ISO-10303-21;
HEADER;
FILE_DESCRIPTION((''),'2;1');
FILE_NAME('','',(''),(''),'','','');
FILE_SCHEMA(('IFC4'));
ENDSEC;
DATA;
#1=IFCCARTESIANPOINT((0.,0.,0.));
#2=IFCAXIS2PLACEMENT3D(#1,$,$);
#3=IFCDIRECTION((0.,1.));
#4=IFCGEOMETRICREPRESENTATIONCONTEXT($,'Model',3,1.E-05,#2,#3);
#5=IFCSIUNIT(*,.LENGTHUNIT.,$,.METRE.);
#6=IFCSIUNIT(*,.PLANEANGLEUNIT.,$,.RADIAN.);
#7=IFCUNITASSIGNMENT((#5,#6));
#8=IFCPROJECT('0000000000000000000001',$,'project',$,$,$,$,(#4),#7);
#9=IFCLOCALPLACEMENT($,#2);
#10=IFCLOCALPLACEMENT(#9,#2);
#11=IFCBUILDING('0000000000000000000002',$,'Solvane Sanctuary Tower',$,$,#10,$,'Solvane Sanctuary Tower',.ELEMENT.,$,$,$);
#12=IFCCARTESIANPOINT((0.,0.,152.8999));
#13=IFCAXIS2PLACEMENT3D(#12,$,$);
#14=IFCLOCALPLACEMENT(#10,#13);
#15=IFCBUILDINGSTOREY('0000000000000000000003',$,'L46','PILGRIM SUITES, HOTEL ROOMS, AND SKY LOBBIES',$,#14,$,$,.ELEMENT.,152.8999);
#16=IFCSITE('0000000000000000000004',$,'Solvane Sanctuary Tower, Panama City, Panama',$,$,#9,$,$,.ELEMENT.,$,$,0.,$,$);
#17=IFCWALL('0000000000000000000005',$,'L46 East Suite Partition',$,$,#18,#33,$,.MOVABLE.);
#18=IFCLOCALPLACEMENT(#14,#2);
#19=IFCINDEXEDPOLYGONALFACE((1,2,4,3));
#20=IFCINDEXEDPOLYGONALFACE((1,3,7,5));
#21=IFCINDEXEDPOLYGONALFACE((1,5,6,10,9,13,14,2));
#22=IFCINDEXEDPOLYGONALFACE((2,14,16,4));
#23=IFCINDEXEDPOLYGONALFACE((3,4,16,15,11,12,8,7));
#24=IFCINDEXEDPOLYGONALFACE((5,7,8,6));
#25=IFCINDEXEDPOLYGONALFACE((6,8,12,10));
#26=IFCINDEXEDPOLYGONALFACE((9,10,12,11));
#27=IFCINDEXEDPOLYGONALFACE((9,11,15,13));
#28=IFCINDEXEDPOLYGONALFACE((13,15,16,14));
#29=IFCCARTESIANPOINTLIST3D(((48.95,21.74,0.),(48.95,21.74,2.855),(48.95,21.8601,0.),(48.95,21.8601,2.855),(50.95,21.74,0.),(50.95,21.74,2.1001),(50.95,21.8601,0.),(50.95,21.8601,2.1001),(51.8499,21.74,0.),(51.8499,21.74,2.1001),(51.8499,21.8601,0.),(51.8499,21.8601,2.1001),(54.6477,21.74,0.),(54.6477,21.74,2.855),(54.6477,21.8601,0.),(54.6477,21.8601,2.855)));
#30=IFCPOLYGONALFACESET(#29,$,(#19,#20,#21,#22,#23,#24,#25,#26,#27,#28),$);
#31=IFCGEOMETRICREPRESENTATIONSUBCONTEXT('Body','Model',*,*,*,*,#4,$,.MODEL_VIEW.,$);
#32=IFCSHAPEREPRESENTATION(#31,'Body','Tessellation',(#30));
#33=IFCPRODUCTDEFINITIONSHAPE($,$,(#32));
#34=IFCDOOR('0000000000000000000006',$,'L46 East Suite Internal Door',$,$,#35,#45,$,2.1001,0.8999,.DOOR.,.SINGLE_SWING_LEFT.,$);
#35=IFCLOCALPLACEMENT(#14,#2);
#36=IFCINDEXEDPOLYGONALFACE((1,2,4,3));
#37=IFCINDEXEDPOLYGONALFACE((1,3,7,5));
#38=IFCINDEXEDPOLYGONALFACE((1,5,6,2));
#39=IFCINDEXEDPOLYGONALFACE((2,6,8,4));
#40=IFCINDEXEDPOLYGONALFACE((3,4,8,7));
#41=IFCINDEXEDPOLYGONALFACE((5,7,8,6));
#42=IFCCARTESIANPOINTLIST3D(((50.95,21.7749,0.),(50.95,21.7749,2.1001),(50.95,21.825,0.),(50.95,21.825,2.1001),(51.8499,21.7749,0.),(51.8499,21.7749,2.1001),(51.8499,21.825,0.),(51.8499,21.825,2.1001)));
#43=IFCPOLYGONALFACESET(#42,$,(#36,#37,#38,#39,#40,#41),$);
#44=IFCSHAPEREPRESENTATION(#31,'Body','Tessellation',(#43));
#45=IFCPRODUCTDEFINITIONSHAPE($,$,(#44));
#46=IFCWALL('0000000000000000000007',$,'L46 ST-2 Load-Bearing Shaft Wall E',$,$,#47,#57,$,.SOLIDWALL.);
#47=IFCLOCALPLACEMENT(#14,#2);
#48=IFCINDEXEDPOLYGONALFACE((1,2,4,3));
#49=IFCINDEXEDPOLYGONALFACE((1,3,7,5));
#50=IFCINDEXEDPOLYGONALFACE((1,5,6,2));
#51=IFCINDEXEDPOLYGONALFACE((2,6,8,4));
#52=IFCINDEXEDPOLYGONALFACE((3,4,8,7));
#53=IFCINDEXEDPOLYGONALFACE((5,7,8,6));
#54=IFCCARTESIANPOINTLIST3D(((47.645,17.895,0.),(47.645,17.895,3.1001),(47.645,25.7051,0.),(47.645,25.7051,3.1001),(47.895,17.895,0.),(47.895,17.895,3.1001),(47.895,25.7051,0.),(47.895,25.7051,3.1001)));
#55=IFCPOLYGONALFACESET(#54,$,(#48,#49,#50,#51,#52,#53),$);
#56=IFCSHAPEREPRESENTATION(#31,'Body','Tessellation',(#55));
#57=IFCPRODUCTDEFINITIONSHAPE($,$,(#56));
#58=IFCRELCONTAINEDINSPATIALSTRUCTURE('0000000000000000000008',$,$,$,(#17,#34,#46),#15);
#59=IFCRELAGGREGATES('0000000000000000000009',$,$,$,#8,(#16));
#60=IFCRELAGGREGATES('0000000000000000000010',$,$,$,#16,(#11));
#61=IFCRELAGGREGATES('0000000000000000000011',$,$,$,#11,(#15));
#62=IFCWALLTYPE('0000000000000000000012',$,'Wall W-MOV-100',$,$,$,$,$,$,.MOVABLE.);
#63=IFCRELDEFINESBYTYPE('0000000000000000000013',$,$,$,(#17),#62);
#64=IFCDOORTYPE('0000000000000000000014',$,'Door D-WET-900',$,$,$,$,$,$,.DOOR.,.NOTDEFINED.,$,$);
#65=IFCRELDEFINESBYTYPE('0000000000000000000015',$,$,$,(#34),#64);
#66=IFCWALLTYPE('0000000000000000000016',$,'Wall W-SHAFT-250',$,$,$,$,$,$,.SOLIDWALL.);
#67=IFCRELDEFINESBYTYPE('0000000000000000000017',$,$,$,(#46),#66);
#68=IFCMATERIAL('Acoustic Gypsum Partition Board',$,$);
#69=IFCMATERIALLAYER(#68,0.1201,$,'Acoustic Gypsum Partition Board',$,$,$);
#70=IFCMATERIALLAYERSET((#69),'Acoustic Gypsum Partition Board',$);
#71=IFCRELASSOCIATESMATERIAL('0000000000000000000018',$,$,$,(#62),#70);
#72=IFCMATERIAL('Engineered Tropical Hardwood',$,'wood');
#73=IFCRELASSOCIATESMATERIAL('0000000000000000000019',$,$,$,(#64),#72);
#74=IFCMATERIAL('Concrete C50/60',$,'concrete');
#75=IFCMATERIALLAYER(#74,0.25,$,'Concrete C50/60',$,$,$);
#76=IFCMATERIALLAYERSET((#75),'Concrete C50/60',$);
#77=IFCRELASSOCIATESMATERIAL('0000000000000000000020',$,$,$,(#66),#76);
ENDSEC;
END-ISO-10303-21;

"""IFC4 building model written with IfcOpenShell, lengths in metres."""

from ifc_helpers import new_model, si_unit, direction, frame, frame_2d, origin, place, context, subcontext, project, spatial, rectangle, extrude, material, layer, layer_set, type_object, element, fill, save


model = new_model("IFC4")

# Units and contexts
model_context = context("Model", 3, precision=1e-05, world=origin(), true_north=direction((0.0, 1.0)))
body_context = subcontext(model_context, "Body", "Model", "MODEL_VIEW")
ifc_project = project(units=[si_unit("LENGTHUNIT", "METRE"), si_unit("PLANEANGLEUNIT", "RADIAN")], contexts=[model_context])

# Site, building, storey
site_placement = place(None, origin())
site = spatial("IfcSite", under=ifc_project, at=site_placement, Name="Solvane Sanctuary Tower, Panama City, Panama", CompositionType="ELEMENT", RefElevation=0.0)
building_placement = place(site_placement, origin())
building = spatial("IfcBuilding", under=site, at=building_placement, Name="Solvane Sanctuary Tower", LongName="Solvane Sanctuary Tower", CompositionType="ELEMENT")
storey_placement = place(building_placement, frame((0.0, 0.0, 152.8999)))
storey = spatial("IfcBuildingStorey", under=building, at=storey_placement, Name="L46", Description="PILGRIM SUITES, HOTEL ROOMS, AND SKY LOBBIES", CompositionType="ELEMENT", Elevation=152.8999)

# Shared definitions
ifc_material_1 = material(Name="Acoustic Gypsum Partition Board")
ifc_material_2 = material(Name="Engineered Tropical Hardwood", Category="wood")

# Wall, opening, door
ifc_layer_1 = layer(ifc_material_1, 0.1201, Name="Acoustic Gypsum Partition Board")
ifc_layer_set_1 = layer_set([ifc_layer_1], Name="Acoustic Gypsum Partition Board")
wall_type_1 = type_object("IfcWallType", Name="Wall W-MOV-100", PredefinedType="MOVABLE", material=ifc_layer_set_1)
wall_1_placement = place(storey_placement, frame((48.95, 21.8, 0.0), z_axis=(0.0, 0.0, 1.0), x_axis=(1.0, 0.0, 0.0)))
wall_1 = element("IfcWall", 1, at=wall_1_placement, inside=storey, type_object=wall_type_1, Name="L46 East Suite Partition", PredefinedType="MOVABLE", context=body_context, shape_type="SweptSolid", body=[
    extrude(rectangle(XDim=5.6978, YDim=0.1201, at=frame_2d((2.8489, 0.0))), origin(), (0.0, 0.0, 1.0), 2.855),
])
opening_1_placement = place(wall_1_placement, frame((2.0, 0.0, 0.0)))
opening_1 = element("IfcOpeningElement", 2, at=opening_1_placement, cuts=wall_1, PredefinedType="OPENING", context=body_context, shape_type="SweptSolid", body=[
    extrude(rectangle(XDim=0.8999, YDim=2.1001, at=frame_2d((0.45, 1.05))), frame((0.0, 0.0701, 0.0), z_axis=(0.0, -1.0, 0.0), x_axis=(1.0, 0.0, 0.0)), (0.0, 0.0, 1.0), 0.1401),
])
door_type_1 = type_object("IfcDoorType", Name="Door D-WET-900", OperationType="NOTDEFINED", PredefinedType="DOOR", material=ifc_material_2)
door_1_placement = place(opening_1_placement, origin())
door_1 = element("IfcDoor", 3, at=door_1_placement, inside=storey, type_object=door_type_1, Name="L46 East Suite Internal Door", OperationType="SINGLE_SWING_LEFT", OverallHeight=2.1001, OverallWidth=0.8999, PredefinedType="DOOR", context=body_context, shape_type="SweptSolid", body=[
    extrude(rectangle(XDim=0.8999, YDim=2.1001, at=frame_2d((0.45, 1.05))), frame((0.0, 0.0249, 0.0), z_axis=(0.0, -1.0, 0.0), x_axis=(1.0, 0.0, 0.0)), (0.0, 0.0, 1.0), 0.05),
])
fill(opening_1, door_1)

# Wall
ifc_material_3 = material(Name="Concrete C50/60", Category="concrete")
ifc_layer_2 = layer(ifc_material_3, 0.25, Name="Concrete C50/60")
ifc_layer_set_2 = layer_set([ifc_layer_2], Name="Concrete C50/60")
wall_type_2 = type_object("IfcWallType", Name="Wall W-SHAFT-250", PredefinedType="SOLIDWALL", material=ifc_layer_set_2)
wall_2_placement = place(storey_placement, frame((47.77, 17.895, 0.0), z_axis=(0.0, 0.0, 1.0), x_axis=(0.0, 1.0, 0.0)))
element("IfcWall", 4, at=wall_2_placement, inside=storey, type_object=wall_type_2, Name="L46 ST-2 Load-Bearing Shaft Wall E", PredefinedType="SOLIDWALL", context=body_context, shape_type="SweptSolid", body=[
    extrude(rectangle(XDim=7.8101, YDim=0.25, at=frame_2d((3.905, 0.0))), origin(), (0.0, 0.0, 1.0), 3.1001),
])

save(model, "model.ifc")
